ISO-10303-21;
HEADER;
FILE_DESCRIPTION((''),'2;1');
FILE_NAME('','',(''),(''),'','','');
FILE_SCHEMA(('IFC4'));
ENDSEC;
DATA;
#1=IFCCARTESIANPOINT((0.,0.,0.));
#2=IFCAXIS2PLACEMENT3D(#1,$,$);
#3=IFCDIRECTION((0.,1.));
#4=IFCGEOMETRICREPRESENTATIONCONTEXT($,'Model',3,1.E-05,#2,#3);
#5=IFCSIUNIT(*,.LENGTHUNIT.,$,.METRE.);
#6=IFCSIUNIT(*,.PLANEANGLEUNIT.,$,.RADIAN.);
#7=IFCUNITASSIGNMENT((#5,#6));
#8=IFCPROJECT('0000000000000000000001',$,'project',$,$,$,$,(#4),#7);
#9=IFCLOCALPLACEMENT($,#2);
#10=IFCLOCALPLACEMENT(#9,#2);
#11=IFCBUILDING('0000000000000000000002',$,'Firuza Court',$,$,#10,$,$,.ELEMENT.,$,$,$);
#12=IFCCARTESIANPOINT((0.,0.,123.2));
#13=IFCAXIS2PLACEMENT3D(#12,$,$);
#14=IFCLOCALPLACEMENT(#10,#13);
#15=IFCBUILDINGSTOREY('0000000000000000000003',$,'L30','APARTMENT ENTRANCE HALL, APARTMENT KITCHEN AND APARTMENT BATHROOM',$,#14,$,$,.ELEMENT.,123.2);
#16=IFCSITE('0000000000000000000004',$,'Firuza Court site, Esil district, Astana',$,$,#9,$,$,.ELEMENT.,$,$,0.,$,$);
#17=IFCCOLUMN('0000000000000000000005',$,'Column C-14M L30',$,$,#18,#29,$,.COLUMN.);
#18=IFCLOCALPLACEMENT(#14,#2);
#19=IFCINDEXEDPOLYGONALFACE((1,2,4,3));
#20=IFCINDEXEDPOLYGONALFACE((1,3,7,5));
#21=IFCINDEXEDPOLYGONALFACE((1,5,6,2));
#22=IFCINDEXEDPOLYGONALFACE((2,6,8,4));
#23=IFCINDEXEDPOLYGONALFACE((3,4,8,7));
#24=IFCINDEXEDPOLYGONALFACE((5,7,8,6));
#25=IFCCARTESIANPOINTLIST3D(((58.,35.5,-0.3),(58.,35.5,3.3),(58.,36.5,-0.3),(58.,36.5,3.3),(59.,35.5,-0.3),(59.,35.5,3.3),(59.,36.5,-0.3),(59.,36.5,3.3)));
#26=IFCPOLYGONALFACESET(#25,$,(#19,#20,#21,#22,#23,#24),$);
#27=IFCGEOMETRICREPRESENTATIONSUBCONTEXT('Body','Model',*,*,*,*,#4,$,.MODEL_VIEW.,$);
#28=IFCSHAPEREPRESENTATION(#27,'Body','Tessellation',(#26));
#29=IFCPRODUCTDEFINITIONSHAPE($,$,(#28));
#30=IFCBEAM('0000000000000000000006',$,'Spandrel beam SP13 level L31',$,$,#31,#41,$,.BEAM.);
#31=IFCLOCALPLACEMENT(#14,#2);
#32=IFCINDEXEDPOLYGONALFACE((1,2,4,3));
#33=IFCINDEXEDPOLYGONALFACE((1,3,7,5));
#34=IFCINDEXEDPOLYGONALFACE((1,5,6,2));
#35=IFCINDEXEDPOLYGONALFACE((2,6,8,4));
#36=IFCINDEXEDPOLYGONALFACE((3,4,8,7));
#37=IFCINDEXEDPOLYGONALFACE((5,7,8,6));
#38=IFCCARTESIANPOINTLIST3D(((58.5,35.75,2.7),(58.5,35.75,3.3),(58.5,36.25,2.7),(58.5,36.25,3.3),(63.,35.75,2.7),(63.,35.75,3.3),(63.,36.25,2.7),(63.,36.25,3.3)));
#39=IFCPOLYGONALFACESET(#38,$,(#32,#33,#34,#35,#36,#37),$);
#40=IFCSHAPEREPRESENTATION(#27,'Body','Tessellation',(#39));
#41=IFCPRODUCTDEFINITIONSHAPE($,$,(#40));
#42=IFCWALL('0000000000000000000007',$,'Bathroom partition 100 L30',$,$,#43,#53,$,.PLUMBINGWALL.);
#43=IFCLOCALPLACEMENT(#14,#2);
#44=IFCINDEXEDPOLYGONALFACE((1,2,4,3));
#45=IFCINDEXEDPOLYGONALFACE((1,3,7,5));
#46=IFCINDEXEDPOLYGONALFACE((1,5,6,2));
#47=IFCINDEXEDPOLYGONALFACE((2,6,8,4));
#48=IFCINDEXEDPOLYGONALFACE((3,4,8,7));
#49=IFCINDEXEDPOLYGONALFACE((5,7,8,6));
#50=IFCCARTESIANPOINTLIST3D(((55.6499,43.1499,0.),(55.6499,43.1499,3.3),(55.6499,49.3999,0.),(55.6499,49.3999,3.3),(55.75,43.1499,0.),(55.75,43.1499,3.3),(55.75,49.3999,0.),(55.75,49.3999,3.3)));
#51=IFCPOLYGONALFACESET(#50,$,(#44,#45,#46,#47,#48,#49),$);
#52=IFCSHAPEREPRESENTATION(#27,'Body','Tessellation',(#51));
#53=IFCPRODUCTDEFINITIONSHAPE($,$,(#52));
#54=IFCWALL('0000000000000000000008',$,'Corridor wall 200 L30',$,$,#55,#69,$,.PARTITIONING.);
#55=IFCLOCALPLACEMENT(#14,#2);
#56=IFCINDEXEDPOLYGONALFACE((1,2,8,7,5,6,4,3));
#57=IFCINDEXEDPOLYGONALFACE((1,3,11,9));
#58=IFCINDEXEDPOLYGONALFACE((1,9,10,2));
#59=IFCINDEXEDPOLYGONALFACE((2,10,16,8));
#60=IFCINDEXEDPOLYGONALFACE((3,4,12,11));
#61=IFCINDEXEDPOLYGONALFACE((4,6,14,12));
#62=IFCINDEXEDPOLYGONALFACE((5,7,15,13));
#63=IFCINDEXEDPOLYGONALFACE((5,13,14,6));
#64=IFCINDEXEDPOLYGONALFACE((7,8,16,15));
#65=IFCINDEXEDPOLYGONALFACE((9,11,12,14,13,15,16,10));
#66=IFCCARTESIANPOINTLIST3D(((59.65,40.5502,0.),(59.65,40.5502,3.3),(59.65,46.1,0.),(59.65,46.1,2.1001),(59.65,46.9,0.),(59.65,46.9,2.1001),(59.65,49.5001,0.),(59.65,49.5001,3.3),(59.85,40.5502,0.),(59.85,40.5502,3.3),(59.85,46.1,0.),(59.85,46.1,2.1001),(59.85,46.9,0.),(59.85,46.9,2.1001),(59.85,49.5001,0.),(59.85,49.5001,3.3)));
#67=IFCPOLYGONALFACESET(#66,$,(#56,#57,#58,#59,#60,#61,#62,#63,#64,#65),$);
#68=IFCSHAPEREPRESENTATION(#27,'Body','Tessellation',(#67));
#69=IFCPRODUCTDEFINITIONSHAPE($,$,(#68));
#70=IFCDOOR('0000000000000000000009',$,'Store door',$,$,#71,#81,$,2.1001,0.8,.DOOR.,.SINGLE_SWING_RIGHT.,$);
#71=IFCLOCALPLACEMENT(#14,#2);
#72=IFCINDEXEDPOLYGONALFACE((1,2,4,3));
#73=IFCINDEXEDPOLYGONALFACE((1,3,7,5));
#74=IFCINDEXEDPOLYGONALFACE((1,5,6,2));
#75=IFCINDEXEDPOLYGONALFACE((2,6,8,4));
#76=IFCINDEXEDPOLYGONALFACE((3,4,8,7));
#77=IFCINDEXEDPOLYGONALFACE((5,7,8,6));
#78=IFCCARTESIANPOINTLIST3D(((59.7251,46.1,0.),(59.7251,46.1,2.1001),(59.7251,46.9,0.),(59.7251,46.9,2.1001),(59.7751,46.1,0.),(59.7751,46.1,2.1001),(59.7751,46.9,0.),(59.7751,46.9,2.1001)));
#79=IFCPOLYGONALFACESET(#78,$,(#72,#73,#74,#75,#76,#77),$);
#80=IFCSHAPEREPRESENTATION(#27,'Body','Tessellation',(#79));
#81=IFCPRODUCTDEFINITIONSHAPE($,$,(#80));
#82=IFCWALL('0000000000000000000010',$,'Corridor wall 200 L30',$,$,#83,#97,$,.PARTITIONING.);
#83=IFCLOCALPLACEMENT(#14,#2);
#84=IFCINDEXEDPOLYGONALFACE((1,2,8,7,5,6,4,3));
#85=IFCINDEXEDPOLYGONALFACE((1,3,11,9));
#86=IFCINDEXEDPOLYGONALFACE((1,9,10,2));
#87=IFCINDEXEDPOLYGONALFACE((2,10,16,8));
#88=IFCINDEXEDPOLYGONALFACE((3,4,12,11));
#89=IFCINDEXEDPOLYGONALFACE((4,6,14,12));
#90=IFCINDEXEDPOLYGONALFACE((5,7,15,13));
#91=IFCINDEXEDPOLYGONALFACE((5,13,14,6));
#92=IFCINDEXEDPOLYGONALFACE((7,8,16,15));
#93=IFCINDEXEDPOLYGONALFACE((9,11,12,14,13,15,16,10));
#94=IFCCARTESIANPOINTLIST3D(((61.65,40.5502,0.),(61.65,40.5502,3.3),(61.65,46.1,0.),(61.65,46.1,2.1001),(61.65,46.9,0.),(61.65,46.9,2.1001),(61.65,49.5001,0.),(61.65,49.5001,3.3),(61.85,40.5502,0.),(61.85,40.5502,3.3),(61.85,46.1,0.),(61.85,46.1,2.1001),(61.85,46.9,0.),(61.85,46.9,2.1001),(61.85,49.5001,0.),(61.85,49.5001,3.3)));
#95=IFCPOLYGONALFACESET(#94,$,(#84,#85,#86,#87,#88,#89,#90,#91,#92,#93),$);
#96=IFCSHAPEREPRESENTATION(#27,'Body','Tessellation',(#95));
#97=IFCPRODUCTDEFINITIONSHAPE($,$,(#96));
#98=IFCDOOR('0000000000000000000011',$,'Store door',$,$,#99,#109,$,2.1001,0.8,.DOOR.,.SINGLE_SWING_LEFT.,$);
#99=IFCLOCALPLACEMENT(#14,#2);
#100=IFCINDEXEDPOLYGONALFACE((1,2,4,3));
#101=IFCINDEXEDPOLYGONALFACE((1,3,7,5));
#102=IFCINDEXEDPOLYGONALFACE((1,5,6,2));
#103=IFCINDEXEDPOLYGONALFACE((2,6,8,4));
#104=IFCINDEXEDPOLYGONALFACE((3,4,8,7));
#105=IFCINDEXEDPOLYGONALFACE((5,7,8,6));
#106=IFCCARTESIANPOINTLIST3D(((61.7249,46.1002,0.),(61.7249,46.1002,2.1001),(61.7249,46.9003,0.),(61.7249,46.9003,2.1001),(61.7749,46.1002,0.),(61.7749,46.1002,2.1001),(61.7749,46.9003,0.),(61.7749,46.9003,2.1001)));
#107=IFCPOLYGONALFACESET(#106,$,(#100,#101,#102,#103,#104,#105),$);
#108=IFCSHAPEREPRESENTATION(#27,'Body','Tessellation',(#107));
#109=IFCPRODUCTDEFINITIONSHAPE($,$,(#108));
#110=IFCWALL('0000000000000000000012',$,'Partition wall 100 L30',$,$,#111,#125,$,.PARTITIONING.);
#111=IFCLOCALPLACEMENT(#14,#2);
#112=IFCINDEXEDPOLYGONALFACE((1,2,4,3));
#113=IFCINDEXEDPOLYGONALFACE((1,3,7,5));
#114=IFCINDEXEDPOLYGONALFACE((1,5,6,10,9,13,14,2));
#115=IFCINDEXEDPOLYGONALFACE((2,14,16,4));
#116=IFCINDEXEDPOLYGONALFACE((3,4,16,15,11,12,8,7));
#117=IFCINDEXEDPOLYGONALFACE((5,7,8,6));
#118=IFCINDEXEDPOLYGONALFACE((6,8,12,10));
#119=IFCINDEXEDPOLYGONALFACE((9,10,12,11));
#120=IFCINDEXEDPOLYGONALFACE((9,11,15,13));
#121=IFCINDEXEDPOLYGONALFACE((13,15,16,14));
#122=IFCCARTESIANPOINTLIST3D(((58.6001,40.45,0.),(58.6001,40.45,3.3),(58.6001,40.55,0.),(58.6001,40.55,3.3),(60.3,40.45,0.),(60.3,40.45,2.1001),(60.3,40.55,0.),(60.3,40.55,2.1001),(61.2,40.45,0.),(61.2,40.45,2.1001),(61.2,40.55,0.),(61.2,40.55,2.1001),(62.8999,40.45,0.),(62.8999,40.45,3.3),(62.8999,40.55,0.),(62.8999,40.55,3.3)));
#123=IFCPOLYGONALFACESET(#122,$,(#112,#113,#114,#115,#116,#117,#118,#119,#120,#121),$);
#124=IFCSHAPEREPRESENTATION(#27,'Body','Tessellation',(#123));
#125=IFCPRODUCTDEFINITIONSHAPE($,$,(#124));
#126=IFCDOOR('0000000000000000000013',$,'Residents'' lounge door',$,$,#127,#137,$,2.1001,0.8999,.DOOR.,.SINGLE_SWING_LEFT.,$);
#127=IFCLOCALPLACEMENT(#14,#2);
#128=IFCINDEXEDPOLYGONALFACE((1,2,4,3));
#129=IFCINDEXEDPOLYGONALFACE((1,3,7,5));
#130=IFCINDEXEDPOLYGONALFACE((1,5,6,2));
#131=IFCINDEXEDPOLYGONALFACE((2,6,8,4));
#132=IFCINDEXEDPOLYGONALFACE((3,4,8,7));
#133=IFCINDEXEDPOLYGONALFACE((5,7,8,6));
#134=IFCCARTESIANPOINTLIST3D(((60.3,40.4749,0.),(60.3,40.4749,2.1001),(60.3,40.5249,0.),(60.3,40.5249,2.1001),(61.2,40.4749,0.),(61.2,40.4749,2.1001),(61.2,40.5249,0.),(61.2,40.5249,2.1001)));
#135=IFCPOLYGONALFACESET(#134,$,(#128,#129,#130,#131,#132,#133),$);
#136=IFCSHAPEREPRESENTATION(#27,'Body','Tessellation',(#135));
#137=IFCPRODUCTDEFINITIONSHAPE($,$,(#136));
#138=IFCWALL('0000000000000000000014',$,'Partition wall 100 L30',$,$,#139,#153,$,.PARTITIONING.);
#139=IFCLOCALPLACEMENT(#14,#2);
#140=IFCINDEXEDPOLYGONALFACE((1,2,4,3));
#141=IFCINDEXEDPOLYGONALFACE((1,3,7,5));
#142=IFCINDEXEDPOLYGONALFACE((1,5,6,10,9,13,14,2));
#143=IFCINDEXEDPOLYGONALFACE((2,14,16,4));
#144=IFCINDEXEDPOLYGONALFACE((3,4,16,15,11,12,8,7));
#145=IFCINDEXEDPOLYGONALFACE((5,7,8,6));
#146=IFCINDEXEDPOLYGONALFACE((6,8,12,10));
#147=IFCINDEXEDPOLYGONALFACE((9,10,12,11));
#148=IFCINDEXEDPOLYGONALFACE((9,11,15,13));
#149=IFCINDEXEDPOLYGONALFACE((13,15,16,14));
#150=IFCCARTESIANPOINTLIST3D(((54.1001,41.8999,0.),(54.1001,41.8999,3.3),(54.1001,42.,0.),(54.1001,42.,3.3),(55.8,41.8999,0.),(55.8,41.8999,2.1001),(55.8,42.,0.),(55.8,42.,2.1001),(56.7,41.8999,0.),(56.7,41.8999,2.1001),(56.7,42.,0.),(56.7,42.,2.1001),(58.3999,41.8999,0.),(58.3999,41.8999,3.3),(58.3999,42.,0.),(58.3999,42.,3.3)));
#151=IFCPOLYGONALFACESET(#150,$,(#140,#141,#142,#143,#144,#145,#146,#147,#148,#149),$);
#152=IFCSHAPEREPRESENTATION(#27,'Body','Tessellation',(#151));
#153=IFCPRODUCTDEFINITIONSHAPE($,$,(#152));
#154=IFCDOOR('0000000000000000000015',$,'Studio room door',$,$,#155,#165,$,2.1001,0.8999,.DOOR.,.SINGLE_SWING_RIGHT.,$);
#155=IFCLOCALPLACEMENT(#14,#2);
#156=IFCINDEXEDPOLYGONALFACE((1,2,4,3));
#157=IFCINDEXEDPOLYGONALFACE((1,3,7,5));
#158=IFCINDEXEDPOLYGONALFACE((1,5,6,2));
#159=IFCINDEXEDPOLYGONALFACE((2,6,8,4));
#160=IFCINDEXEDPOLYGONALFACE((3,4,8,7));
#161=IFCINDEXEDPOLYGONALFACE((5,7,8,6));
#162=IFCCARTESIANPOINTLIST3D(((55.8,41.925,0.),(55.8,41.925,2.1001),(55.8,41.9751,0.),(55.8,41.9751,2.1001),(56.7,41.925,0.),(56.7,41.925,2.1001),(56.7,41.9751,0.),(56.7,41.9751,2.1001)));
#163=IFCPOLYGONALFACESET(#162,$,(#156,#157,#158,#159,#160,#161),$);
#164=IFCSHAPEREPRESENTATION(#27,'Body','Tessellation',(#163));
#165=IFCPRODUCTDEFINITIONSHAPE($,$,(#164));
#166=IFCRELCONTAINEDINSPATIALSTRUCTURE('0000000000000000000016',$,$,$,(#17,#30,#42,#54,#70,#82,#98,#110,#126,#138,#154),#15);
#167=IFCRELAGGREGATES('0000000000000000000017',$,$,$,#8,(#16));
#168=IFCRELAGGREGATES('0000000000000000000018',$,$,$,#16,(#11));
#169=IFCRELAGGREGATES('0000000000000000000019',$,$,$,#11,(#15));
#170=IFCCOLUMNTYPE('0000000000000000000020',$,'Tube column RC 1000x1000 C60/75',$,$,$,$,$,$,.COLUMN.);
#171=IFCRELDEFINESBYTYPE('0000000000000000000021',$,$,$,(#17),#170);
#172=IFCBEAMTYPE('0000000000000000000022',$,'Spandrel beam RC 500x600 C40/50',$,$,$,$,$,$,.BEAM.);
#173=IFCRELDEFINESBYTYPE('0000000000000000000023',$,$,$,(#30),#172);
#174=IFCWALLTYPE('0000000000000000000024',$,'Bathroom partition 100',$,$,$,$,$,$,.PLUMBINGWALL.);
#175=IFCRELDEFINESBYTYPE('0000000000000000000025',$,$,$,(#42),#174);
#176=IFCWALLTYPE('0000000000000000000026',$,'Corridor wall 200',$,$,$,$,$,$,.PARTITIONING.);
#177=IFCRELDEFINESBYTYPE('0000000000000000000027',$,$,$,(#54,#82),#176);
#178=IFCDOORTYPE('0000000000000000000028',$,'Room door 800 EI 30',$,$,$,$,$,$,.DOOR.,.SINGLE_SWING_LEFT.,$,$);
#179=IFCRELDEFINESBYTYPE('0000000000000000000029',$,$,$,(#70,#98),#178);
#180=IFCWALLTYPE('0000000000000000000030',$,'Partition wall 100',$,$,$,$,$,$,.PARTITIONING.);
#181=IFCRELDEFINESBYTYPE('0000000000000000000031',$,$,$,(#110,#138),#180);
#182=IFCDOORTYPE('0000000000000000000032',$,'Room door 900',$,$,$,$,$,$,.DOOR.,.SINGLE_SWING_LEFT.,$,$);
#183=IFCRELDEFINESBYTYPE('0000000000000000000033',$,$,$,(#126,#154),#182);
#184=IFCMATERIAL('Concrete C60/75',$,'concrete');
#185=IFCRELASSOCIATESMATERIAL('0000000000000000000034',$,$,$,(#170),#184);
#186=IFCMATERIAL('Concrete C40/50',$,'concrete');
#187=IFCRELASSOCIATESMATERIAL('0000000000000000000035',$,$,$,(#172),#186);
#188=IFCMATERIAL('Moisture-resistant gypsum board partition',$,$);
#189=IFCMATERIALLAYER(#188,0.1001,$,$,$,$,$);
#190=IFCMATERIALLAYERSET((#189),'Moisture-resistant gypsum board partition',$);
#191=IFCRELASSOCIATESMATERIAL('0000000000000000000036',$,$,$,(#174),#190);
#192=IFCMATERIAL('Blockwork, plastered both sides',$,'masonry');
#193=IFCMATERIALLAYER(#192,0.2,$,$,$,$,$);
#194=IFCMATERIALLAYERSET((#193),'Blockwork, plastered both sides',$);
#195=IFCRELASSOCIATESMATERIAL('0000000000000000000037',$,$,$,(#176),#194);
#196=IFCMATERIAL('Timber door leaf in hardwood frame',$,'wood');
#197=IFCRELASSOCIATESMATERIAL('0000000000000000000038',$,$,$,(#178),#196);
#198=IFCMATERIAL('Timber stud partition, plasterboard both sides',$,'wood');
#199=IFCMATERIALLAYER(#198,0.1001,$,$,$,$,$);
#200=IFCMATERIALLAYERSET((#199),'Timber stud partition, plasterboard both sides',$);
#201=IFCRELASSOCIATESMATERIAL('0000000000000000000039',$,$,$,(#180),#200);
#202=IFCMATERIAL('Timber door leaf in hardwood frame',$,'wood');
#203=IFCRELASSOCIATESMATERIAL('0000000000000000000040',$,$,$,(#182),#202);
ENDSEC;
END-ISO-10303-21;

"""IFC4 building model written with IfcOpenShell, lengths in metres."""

from ifc_helpers import new_model, si_unit, direction, frame, frame_2d, origin, origin_2d, place, context, subcontext, project, spatial, rectangle, extrude, material, layer, layer_set, material_profile, profile_set, type_object, element, fill, save


model = new_model("IFC4")

# Units and contexts
model_context = context("Model", 3, precision=1e-05, world=origin(), true_north=direction((0.0, 1.0)))
body_context = subcontext(model_context, "Body", "Model", "MODEL_VIEW")
ifc_project = project(units=[si_unit("LENGTHUNIT", "METRE"), si_unit("PLANEANGLEUNIT", "RADIAN")], contexts=[model_context])

# Site, building, storey
site_placement = place(None, origin())
site = spatial("IfcSite", under=ifc_project, at=site_placement, Name="Firuza Court site, Esil district, Astana", CompositionType="ELEMENT", RefElevation=0.0)
building_placement = place(site_placement, origin())
building = spatial("IfcBuilding", under=site, at=building_placement, Name="Firuza Court", CompositionType="ELEMENT")
storey_placement = place(building_placement, frame((0.0, 0.0, 123.2)))
storey = spatial("IfcBuildingStorey", under=building, at=storey_placement, Name="L30", Description="APARTMENT ENTRANCE HALL, APARTMENT KITCHEN AND APARTMENT BATHROOM", CompositionType="ELEMENT", Elevation=123.2)

# Column
ifc_material_1 = material(Name="Concrete C60/75", Category="concrete")
ifc_material_profile_1 = material_profile(ifc_material_1, rectangle(XDim=1.0, YDim=1.0, at=origin_2d()), Name="RC 1000x1000")
ifc_profile_set_1 = profile_set([ifc_material_profile_1], Name="Concrete C60/75")
column_type = type_object("IfcColumnType", Name="Tube column RC 1000x1000 C60/75", PredefinedType="COLUMN", material=ifc_profile_set_1)
column_placement = place(storey_placement, frame((58.5, 36.0, -0.3), z_axis=(0.0, 0.0, 1.0), x_axis=(1.0, 0.0, 0.0)))
element("IfcColumn", 1, at=column_placement, inside=storey, type_object=column_type, Name="Column C-14M L30", PredefinedType="COLUMN", context=body_context, shape_type="SweptSolid", body=[
    extrude(rectangle(XDim=1.0, YDim=1.0, at=origin_2d()), origin(), (0.0, 0.0, 1.0), 3.6001),
])

# Beam
ifc_material_2 = material(Name="Concrete C40/50", Category="concrete")
ifc_material_profile_2 = material_profile(ifc_material_2, rectangle(XDim=0.5, YDim=0.6001, at=origin_2d()), Name="RC 500x600")
ifc_profile_set_2 = profile_set([ifc_material_profile_2], Name="Concrete C40/50")
beam_type = type_object("IfcBeamType", Name="Spandrel beam RC 500x600 C40/50", PredefinedType="BEAM", material=ifc_profile_set_2)
beam_placement = place(storey_placement, frame((58.5, 36.0, 3.0), z_axis=(1.0, 0.0, 0.0), x_axis=(0.0, 1.0, 0.0)))
element("IfcBeam", 2, at=beam_placement, inside=storey, type_object=beam_type, Name="Spandrel beam SP13 level L31", PredefinedType="BEAM", context=body_context, shape_type="SweptSolid", body=[
    extrude(rectangle(XDim=0.5, YDim=0.6001, at=origin_2d()), origin(), (0.0, 0.0, 1.0), 4.5),
])

# Wall
ifc_material_3 = material(Name="Moisture-resistant gypsum board partition")
ifc_layer_1 = layer(ifc_material_3, 0.1001)
ifc_layer_set_1 = layer_set([ifc_layer_1], Name="Moisture-resistant gypsum board partition")
wall_type_1 = type_object("IfcWallType", Name="Bathroom partition 100", PredefinedType="PLUMBINGWALL", material=ifc_layer_set_1)
wall_1_placement = place(storey_placement, frame((55.7, 43.1499, 0.0), z_axis=(0.0, 0.0, 1.0), x_axis=(0.0, 1.0, 0.0)))
element("IfcWall", 3, at=wall_1_placement, inside=storey, type_object=wall_type_1, Name="Bathroom partition 100 L30", PredefinedType="PLUMBINGWALL", context=body_context, shape_type="SweptSolid", body=[
    extrude(rectangle(XDim=6.25, YDim=0.1001, at=frame_2d((3.125, 0.0))), origin(), (0.0, 0.0, 1.0), 3.3),
])

# Walls, openings, doors
ifc_material_4 = material(Name="Blockwork, plastered both sides", Category="masonry")
ifc_layer_2 = layer(ifc_material_4, 0.2)
ifc_layer_set_2 = layer_set([ifc_layer_2], Name="Blockwork, plastered both sides")
wall_type_2 = type_object("IfcWallType", Name="Corridor wall 200", PredefinedType="PARTITIONING", material=ifc_layer_set_2)
wall_2_placement = place(storey_placement, frame((59.75, 40.55, 0.0), z_axis=(0.0, 0.0, 1.0), x_axis=(0.0, 1.0, 0.0)))
wall_2 = element("IfcWall", 4, at=wall_2_placement, inside=storey, type_object=wall_type_2, Name="Corridor wall 200 L30", PredefinedType="PARTITIONING", context=body_context, shape_type="SweptSolid", body=[
    extrude(rectangle(XDim=8.95, YDim=0.2, at=frame_2d((4.4751, 0.0))), origin(), (0.0, 0.0, 1.0), 3.3),
])
opening_1_placement = place(wall_2_placement, frame((5.55, 0.0, 0.0)))
opening_1 = element("IfcOpeningElement", 5, at=opening_1_placement, cuts=wall_2, PredefinedType="OPENING", context=body_context, shape_type="SweptSolid", body=[
    extrude(rectangle(XDim=0.8, YDim=2.1001, at=frame_2d((0.3999, 1.05))), frame((0.0, 0.1118, 0.0), z_axis=(0.0, -1.0, 0.0), x_axis=(1.0, 0.0, 0.0)), (0.0, 0.0, 1.0), 0.2239),
])
ifc_material_5 = material(Name="Timber door leaf in hardwood frame", Category="wood")
door_type_1 = type_object("IfcDoorType", Name="Room door 800 EI 30", OperationType="SINGLE_SWING_LEFT", PredefinedType="DOOR", material=ifc_material_5)
door_1_placement = place(opening_1_placement, origin())
door_1 = element("IfcDoor", 6, at=door_1_placement, inside=storey, type_object=door_type_1, Name="Store door", OperationType="SINGLE_SWING_RIGHT", OverallHeight=2.1001, OverallWidth=0.8, PredefinedType="DOOR", context=body_context, shape_type="SweptSolid", body=[
    extrude(rectangle(XDim=0.8, YDim=2.1001, at=frame_2d((0.3999, 1.05))), frame((0.0, 0.0249, 0.0), z_axis=(0.0, -1.0, 0.0), x_axis=(1.0, 0.0, 0.0)), (0.0, 0.0, 1.0), 0.05),
])
fill(opening_1, door_1)
wall_3_placement = place(storey_placement, frame((61.75, 40.55, 0.0), z_axis=(0.0, 0.0, 1.0), x_axis=(0.0, 1.0, 0.0)))
wall_3 = element("IfcWall", 7, at=wall_3_placement, inside=storey, type_object=wall_type_2, Name="Corridor wall 200 L30", PredefinedType="PARTITIONING", context=body_context, shape_type="SweptSolid", body=[
    extrude(rectangle(XDim=8.95, YDim=0.2, at=frame_2d((4.4751, 0.0))), origin(), (0.0, 0.0, 1.0), 3.3),
])
opening_2_placement = place(wall_3_placement, frame((5.55, 0.0, 0.0)))
opening_2 = element("IfcOpeningElement", 8, at=opening_2_placement, cuts=wall_3, PredefinedType="OPENING", context=body_context, shape_type="SweptSolid", body=[
    extrude(rectangle(XDim=0.8, YDim=2.1001, at=frame_2d((0.3999, 1.05))), frame((0.0, 0.1118, 0.0), z_axis=(0.0, -1.0, 0.0), x_axis=(1.0, 0.0, 0.0)), (0.0, 0.0, 1.0), 0.2239),
])
door_2_placement = place(opening_2_placement, frame((0.8, 0.0, 0.0), z_axis=(0.0, 0.0, 1.0), x_axis=(-1.0, 0.0, 0.0)))
door_2 = element("IfcDoor", 9, at=door_2_placement, inside=storey, type_object=door_type_1, Name="Store door", OperationType="SINGLE_SWING_LEFT", OverallHeight=2.1001, OverallWidth=0.8, PredefinedType="DOOR", context=body_context, shape_type="SweptSolid", body=[
    extrude(rectangle(XDim=0.8, YDim=2.1001, at=frame_2d((0.3999, 1.05))), frame((0.0, 0.0249, 0.0), z_axis=(0.0, -1.0, 0.0), x_axis=(1.0, 0.0, 0.0)), (0.0, 0.0, 1.0), 0.05),
])
fill(opening_2, door_2)
ifc_material_6 = material(Name="Timber stud partition, plasterboard both sides", Category="wood")
ifc_layer_3 = layer(ifc_material_6, 0.1001)
ifc_layer_set_3 = layer_set([ifc_layer_3], Name="Timber stud partition, plasterboard both sides")
wall_type_3 = type_object("IfcWallType", Name="Partition wall 100", PredefinedType="PARTITIONING", material=ifc_layer_set_3)
wall_4_placement = place(storey_placement, frame((58.6001, 40.5, 0.0), z_axis=(0.0, 0.0, 1.0), x_axis=(1.0, 0.0, 0.0)))
wall_4 = element("IfcWall", 10, at=wall_4_placement, inside=storey, type_object=wall_type_3, Name="Partition wall 100 L30", PredefinedType="PARTITIONING", context=body_context, shape_type="SweptSolid", body=[
    extrude(rectangle(XDim=4.2998, YDim=0.1001, at=frame_2d((2.1499, 0.0))), origin(), (0.0, 0.0, 1.0), 3.3),
])
opening_3_placement = place(wall_4_placement, frame((1.7, 0.0, 0.0)))
opening_3 = element("IfcOpeningElement", 11, at=opening_3_placement, cuts=wall_4, PredefinedType="OPENING", context=body_context, shape_type="SweptSolid", body=[
    extrude(rectangle(XDim=0.8999, YDim=2.1001, at=frame_2d((0.45, 1.05))), frame((0.0, 0.062, 0.0), z_axis=(0.0, -1.0, 0.0), x_axis=(1.0, 0.0, 0.0)), (0.0, 0.0, 1.0), 0.124),
])
ifc_material_7 = material(Name="Timber door leaf in hardwood frame", Category="wood")
door_type_2 = type_object("IfcDoorType", Name="Room door 900", OperationType="SINGLE_SWING_LEFT", PredefinedType="DOOR", material=ifc_material_7)
door_3_placement = place(opening_3_placement, origin())
door_3 = element("IfcDoor", 12, at=door_3_placement, inside=storey, type_object=door_type_2, Name="Residents' lounge door", OperationType="SINGLE_SWING_LEFT", OverallHeight=2.1001, OverallWidth=0.8999, PredefinedType="DOOR", context=body_context, shape_type="SweptSolid", body=[
    extrude(rectangle(XDim=0.8999, YDim=2.1001, at=frame_2d((0.45, 1.05))), frame((0.0, 0.0249, 0.0), z_axis=(0.0, -1.0, 0.0), x_axis=(1.0, 0.0, 0.0)), (0.0, 0.0, 1.0), 0.05),
])
fill(opening_3, door_3)
wall_5_placement = place(storey_placement, frame((54.1001, 41.95, 0.0), z_axis=(0.0, 0.0, 1.0), x_axis=(1.0, 0.0, 0.0)))
wall_5 = element("IfcWall", 13, at=wall_5_placement, inside=storey, type_object=wall_type_3, Name="Partition wall 100 L30", PredefinedType="PARTITIONING", context=body_context, shape_type="SweptSolid", body=[
    extrude(rectangle(XDim=4.2998, YDim=0.1001, at=frame_2d((2.1499, 0.0))), origin(), (0.0, 0.0, 1.0), 3.3),
])
opening_4_placement = place(wall_5_placement, frame((1.7, 0.0, 0.0)))
opening_4 = element("IfcOpeningElement", 14, at=opening_4_placement, cuts=wall_5, PredefinedType="OPENING", context=body_context, shape_type="SweptSolid", body=[
    extrude(rectangle(XDim=0.8999, YDim=2.1001, at=frame_2d((0.45, 1.05))), frame((0.0, 0.062, 0.0), z_axis=(0.0, -1.0, 0.0), x_axis=(1.0, 0.0, 0.0)), (0.0, 0.0, 1.0), 0.124),
])
door_4_placement = place(opening_4_placement, frame((0.8999, 0.0, 0.0), z_axis=(0.0, 0.0, 1.0), x_axis=(-1.0, 0.0, 0.0)))
door_4 = element("IfcDoor", 15, at=door_4_placement, inside=storey, type_object=door_type_2, Name="Studio room door", OperationType="SINGLE_SWING_RIGHT", OverallHeight=2.1001, OverallWidth=0.8999, PredefinedType="DOOR", context=body_context, shape_type="SweptSolid", body=[
    extrude(rectangle(XDim=0.8999, YDim=2.1001, at=frame_2d((0.45, 1.05))), frame((0.0, 0.0249, 0.0), z_axis=(0.0, -1.0, 0.0), x_axis=(1.0, 0.0, 0.0)), (0.0, 0.0, 1.0), 0.05),
])
fill(opening_4, door_4)

save(model, "model.ifc")
